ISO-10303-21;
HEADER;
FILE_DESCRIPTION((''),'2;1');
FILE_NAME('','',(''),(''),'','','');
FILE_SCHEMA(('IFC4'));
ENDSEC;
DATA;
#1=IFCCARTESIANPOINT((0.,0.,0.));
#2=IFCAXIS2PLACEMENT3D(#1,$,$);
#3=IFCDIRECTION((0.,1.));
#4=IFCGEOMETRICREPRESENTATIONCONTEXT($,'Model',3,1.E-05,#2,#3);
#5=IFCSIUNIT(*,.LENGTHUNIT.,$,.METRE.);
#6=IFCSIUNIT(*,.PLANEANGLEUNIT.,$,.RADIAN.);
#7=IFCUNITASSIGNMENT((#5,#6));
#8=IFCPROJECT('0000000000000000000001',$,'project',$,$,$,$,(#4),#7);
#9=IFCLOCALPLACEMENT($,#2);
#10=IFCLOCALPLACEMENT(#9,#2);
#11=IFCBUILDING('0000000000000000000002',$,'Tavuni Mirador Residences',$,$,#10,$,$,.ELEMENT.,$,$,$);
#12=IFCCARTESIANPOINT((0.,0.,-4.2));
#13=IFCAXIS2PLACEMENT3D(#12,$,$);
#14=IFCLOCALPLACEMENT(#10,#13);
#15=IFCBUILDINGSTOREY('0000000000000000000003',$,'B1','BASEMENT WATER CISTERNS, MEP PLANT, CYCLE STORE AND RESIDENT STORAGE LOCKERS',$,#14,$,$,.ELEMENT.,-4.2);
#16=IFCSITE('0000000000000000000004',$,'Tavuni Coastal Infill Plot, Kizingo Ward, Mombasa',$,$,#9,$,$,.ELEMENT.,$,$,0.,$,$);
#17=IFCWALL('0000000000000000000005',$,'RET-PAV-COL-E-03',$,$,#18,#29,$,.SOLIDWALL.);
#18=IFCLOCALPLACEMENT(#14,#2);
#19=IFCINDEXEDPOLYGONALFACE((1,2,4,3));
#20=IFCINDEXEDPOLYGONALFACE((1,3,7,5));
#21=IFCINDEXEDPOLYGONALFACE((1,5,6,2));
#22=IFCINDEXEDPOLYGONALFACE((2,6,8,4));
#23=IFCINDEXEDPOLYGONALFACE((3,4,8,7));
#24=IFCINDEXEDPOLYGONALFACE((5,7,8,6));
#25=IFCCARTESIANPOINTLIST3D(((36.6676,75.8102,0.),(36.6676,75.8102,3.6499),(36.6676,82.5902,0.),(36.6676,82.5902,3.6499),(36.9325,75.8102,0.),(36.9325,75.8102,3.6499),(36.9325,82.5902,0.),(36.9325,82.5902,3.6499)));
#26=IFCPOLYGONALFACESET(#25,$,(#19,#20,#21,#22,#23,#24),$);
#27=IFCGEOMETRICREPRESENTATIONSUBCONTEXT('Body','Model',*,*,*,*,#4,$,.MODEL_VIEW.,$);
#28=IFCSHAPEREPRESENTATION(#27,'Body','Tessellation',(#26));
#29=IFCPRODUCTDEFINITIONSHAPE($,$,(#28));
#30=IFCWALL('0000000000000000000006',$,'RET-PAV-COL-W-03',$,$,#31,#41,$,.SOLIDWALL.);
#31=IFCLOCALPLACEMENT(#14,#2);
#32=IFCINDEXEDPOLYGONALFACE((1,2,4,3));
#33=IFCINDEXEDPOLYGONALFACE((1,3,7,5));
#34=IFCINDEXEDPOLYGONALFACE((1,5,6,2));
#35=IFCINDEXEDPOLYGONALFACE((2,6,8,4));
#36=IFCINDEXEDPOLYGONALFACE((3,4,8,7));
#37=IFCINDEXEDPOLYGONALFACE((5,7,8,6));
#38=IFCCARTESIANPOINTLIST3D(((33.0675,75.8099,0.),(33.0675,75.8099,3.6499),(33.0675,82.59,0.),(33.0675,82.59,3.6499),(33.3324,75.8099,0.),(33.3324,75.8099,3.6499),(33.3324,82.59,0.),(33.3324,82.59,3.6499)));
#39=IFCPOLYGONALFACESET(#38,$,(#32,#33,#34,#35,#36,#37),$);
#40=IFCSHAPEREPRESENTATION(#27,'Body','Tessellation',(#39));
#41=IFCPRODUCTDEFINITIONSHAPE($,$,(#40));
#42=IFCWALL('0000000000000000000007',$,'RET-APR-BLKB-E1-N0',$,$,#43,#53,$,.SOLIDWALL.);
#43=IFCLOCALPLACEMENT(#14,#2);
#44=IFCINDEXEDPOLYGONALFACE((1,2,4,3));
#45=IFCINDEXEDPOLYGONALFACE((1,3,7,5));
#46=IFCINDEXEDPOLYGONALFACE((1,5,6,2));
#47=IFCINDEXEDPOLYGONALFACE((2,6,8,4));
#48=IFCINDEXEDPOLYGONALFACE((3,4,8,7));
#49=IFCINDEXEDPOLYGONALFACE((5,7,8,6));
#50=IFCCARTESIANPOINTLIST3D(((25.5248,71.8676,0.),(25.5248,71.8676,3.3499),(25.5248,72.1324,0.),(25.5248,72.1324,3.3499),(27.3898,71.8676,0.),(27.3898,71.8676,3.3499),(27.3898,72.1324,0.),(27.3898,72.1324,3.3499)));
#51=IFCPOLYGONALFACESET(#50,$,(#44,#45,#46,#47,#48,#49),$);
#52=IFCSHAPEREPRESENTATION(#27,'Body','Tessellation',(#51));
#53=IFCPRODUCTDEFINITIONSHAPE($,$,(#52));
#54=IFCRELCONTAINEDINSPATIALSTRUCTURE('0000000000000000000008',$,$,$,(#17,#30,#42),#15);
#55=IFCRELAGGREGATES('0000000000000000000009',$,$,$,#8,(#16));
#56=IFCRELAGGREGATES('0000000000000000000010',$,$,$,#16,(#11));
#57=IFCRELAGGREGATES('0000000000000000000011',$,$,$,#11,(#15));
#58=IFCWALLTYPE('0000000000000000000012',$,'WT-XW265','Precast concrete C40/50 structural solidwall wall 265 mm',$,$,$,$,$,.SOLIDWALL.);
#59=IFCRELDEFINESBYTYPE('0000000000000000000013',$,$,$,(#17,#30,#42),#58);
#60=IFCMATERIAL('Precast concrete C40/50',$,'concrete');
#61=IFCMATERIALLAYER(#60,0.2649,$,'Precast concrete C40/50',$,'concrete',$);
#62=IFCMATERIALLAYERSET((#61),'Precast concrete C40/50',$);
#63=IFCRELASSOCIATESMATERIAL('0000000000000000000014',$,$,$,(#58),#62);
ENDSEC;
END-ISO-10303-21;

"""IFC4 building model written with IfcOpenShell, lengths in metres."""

from ifc_helpers import new_model, si_unit, direction, frame, frame_2d, origin, place, context, subcontext, project, spatial, rectangle, extrude, material, layer, layer_set, type_object, element, save


model = new_model("IFC4")

# Units and contexts
model_context = context("Model", 3, precision=1e-05, world=origin(), true_north=direction((0.0, 1.0)))
body_context = subcontext(model_context, "Body", "Model", "MODEL_VIEW")
ifc_project = project(units=[si_unit("LENGTHUNIT", "METRE"), si_unit("PLANEANGLEUNIT", "RADIAN")], contexts=[model_context])

# Site, building, storey
site_placement = place(None, origin())
site = spatial("IfcSite", under=ifc_project, at=site_placement, Name="Tavuni Coastal Infill Plot, Kizingo Ward, Mombasa", CompositionType="ELEMENT", RefElevation=0.0)
building_placement = place(site_placement, origin())
building = spatial("IfcBuilding", under=site, at=building_placement, Name="Tavuni Mirador Residences", CompositionType="ELEMENT")
storey_placement = place(building_placement, frame((0.0, 0.0, -4.2)))
storey = spatial("IfcBuildingStorey", under=building, at=storey_placement, Name="B1", Description="BASEMENT WATER CISTERNS, MEP PLANT, CYCLE STORE AND RESIDENT STORAGE LOCKERS", CompositionType="ELEMENT", Elevation=-4.2)

# Shared definitions
ifc_material_1 = material(Name="Precast concrete C40/50", Category="concrete")

# Walls
ifc_layer_1 = layer(ifc_material_1, 0.2649, Name="Precast concrete C40/50", Category="concrete")
ifc_layer_set_1 = layer_set([ifc_layer_1], Name="Precast concrete C40/50")
wall_type_1 = type_object("IfcWallType", Name="WT-XW265", Description="Precast concrete C40/50 structural solidwall wall 265 mm", PredefinedType="SOLIDWALL", material=ifc_layer_set_1)
for number, where, z_axis, x_axis, name in (
    (1, (36.8, 75.8101, 0.0), (0.0, 0.0, 1.0), (0.0, 1.0, 0.0), "RET-PAV-COL-E-03"),
    (2, (33.2, 82.5901, 0.0), (0.0, 0.0, 1.0), (0.0, -1.0, 0.0), "RET-PAV-COL-W-03"),
):
    element("IfcWall", number, at=place(storey_placement, frame(where, z_axis=z_axis, x_axis=x_axis)), inside=storey, type_object=wall_type_1, Name=name, PredefinedType="SOLIDWALL", context=body_context, shape_type="SweptSolid", body=[
        extrude(rectangle(XDim=6.78, YDim=0.2649, at=frame_2d((3.3901, 0.0))), origin(), (0.0, 0.0, 1.0), 3.6499),
    ])
wall_1_placement = place(storey_placement, frame((27.3899, 72.0, 0.0), z_axis=(0.0, 0.0, 1.0), x_axis=(-1.0, 0.0, 0.0)))
element("IfcWall", 3, at=wall_1_placement, inside=storey, type_object=wall_type_1, Name="RET-APR-BLKB-E1-N0", PredefinedType="SOLIDWALL", context=body_context, shape_type="SweptSolid", body=[
    extrude(rectangle(XDim=1.865, YDim=0.2649, at=frame_2d((0.9326, 0.0))), origin(), (0.0, 0.0, 1.0), 3.3499),
])

save(model, "model.ifc")
